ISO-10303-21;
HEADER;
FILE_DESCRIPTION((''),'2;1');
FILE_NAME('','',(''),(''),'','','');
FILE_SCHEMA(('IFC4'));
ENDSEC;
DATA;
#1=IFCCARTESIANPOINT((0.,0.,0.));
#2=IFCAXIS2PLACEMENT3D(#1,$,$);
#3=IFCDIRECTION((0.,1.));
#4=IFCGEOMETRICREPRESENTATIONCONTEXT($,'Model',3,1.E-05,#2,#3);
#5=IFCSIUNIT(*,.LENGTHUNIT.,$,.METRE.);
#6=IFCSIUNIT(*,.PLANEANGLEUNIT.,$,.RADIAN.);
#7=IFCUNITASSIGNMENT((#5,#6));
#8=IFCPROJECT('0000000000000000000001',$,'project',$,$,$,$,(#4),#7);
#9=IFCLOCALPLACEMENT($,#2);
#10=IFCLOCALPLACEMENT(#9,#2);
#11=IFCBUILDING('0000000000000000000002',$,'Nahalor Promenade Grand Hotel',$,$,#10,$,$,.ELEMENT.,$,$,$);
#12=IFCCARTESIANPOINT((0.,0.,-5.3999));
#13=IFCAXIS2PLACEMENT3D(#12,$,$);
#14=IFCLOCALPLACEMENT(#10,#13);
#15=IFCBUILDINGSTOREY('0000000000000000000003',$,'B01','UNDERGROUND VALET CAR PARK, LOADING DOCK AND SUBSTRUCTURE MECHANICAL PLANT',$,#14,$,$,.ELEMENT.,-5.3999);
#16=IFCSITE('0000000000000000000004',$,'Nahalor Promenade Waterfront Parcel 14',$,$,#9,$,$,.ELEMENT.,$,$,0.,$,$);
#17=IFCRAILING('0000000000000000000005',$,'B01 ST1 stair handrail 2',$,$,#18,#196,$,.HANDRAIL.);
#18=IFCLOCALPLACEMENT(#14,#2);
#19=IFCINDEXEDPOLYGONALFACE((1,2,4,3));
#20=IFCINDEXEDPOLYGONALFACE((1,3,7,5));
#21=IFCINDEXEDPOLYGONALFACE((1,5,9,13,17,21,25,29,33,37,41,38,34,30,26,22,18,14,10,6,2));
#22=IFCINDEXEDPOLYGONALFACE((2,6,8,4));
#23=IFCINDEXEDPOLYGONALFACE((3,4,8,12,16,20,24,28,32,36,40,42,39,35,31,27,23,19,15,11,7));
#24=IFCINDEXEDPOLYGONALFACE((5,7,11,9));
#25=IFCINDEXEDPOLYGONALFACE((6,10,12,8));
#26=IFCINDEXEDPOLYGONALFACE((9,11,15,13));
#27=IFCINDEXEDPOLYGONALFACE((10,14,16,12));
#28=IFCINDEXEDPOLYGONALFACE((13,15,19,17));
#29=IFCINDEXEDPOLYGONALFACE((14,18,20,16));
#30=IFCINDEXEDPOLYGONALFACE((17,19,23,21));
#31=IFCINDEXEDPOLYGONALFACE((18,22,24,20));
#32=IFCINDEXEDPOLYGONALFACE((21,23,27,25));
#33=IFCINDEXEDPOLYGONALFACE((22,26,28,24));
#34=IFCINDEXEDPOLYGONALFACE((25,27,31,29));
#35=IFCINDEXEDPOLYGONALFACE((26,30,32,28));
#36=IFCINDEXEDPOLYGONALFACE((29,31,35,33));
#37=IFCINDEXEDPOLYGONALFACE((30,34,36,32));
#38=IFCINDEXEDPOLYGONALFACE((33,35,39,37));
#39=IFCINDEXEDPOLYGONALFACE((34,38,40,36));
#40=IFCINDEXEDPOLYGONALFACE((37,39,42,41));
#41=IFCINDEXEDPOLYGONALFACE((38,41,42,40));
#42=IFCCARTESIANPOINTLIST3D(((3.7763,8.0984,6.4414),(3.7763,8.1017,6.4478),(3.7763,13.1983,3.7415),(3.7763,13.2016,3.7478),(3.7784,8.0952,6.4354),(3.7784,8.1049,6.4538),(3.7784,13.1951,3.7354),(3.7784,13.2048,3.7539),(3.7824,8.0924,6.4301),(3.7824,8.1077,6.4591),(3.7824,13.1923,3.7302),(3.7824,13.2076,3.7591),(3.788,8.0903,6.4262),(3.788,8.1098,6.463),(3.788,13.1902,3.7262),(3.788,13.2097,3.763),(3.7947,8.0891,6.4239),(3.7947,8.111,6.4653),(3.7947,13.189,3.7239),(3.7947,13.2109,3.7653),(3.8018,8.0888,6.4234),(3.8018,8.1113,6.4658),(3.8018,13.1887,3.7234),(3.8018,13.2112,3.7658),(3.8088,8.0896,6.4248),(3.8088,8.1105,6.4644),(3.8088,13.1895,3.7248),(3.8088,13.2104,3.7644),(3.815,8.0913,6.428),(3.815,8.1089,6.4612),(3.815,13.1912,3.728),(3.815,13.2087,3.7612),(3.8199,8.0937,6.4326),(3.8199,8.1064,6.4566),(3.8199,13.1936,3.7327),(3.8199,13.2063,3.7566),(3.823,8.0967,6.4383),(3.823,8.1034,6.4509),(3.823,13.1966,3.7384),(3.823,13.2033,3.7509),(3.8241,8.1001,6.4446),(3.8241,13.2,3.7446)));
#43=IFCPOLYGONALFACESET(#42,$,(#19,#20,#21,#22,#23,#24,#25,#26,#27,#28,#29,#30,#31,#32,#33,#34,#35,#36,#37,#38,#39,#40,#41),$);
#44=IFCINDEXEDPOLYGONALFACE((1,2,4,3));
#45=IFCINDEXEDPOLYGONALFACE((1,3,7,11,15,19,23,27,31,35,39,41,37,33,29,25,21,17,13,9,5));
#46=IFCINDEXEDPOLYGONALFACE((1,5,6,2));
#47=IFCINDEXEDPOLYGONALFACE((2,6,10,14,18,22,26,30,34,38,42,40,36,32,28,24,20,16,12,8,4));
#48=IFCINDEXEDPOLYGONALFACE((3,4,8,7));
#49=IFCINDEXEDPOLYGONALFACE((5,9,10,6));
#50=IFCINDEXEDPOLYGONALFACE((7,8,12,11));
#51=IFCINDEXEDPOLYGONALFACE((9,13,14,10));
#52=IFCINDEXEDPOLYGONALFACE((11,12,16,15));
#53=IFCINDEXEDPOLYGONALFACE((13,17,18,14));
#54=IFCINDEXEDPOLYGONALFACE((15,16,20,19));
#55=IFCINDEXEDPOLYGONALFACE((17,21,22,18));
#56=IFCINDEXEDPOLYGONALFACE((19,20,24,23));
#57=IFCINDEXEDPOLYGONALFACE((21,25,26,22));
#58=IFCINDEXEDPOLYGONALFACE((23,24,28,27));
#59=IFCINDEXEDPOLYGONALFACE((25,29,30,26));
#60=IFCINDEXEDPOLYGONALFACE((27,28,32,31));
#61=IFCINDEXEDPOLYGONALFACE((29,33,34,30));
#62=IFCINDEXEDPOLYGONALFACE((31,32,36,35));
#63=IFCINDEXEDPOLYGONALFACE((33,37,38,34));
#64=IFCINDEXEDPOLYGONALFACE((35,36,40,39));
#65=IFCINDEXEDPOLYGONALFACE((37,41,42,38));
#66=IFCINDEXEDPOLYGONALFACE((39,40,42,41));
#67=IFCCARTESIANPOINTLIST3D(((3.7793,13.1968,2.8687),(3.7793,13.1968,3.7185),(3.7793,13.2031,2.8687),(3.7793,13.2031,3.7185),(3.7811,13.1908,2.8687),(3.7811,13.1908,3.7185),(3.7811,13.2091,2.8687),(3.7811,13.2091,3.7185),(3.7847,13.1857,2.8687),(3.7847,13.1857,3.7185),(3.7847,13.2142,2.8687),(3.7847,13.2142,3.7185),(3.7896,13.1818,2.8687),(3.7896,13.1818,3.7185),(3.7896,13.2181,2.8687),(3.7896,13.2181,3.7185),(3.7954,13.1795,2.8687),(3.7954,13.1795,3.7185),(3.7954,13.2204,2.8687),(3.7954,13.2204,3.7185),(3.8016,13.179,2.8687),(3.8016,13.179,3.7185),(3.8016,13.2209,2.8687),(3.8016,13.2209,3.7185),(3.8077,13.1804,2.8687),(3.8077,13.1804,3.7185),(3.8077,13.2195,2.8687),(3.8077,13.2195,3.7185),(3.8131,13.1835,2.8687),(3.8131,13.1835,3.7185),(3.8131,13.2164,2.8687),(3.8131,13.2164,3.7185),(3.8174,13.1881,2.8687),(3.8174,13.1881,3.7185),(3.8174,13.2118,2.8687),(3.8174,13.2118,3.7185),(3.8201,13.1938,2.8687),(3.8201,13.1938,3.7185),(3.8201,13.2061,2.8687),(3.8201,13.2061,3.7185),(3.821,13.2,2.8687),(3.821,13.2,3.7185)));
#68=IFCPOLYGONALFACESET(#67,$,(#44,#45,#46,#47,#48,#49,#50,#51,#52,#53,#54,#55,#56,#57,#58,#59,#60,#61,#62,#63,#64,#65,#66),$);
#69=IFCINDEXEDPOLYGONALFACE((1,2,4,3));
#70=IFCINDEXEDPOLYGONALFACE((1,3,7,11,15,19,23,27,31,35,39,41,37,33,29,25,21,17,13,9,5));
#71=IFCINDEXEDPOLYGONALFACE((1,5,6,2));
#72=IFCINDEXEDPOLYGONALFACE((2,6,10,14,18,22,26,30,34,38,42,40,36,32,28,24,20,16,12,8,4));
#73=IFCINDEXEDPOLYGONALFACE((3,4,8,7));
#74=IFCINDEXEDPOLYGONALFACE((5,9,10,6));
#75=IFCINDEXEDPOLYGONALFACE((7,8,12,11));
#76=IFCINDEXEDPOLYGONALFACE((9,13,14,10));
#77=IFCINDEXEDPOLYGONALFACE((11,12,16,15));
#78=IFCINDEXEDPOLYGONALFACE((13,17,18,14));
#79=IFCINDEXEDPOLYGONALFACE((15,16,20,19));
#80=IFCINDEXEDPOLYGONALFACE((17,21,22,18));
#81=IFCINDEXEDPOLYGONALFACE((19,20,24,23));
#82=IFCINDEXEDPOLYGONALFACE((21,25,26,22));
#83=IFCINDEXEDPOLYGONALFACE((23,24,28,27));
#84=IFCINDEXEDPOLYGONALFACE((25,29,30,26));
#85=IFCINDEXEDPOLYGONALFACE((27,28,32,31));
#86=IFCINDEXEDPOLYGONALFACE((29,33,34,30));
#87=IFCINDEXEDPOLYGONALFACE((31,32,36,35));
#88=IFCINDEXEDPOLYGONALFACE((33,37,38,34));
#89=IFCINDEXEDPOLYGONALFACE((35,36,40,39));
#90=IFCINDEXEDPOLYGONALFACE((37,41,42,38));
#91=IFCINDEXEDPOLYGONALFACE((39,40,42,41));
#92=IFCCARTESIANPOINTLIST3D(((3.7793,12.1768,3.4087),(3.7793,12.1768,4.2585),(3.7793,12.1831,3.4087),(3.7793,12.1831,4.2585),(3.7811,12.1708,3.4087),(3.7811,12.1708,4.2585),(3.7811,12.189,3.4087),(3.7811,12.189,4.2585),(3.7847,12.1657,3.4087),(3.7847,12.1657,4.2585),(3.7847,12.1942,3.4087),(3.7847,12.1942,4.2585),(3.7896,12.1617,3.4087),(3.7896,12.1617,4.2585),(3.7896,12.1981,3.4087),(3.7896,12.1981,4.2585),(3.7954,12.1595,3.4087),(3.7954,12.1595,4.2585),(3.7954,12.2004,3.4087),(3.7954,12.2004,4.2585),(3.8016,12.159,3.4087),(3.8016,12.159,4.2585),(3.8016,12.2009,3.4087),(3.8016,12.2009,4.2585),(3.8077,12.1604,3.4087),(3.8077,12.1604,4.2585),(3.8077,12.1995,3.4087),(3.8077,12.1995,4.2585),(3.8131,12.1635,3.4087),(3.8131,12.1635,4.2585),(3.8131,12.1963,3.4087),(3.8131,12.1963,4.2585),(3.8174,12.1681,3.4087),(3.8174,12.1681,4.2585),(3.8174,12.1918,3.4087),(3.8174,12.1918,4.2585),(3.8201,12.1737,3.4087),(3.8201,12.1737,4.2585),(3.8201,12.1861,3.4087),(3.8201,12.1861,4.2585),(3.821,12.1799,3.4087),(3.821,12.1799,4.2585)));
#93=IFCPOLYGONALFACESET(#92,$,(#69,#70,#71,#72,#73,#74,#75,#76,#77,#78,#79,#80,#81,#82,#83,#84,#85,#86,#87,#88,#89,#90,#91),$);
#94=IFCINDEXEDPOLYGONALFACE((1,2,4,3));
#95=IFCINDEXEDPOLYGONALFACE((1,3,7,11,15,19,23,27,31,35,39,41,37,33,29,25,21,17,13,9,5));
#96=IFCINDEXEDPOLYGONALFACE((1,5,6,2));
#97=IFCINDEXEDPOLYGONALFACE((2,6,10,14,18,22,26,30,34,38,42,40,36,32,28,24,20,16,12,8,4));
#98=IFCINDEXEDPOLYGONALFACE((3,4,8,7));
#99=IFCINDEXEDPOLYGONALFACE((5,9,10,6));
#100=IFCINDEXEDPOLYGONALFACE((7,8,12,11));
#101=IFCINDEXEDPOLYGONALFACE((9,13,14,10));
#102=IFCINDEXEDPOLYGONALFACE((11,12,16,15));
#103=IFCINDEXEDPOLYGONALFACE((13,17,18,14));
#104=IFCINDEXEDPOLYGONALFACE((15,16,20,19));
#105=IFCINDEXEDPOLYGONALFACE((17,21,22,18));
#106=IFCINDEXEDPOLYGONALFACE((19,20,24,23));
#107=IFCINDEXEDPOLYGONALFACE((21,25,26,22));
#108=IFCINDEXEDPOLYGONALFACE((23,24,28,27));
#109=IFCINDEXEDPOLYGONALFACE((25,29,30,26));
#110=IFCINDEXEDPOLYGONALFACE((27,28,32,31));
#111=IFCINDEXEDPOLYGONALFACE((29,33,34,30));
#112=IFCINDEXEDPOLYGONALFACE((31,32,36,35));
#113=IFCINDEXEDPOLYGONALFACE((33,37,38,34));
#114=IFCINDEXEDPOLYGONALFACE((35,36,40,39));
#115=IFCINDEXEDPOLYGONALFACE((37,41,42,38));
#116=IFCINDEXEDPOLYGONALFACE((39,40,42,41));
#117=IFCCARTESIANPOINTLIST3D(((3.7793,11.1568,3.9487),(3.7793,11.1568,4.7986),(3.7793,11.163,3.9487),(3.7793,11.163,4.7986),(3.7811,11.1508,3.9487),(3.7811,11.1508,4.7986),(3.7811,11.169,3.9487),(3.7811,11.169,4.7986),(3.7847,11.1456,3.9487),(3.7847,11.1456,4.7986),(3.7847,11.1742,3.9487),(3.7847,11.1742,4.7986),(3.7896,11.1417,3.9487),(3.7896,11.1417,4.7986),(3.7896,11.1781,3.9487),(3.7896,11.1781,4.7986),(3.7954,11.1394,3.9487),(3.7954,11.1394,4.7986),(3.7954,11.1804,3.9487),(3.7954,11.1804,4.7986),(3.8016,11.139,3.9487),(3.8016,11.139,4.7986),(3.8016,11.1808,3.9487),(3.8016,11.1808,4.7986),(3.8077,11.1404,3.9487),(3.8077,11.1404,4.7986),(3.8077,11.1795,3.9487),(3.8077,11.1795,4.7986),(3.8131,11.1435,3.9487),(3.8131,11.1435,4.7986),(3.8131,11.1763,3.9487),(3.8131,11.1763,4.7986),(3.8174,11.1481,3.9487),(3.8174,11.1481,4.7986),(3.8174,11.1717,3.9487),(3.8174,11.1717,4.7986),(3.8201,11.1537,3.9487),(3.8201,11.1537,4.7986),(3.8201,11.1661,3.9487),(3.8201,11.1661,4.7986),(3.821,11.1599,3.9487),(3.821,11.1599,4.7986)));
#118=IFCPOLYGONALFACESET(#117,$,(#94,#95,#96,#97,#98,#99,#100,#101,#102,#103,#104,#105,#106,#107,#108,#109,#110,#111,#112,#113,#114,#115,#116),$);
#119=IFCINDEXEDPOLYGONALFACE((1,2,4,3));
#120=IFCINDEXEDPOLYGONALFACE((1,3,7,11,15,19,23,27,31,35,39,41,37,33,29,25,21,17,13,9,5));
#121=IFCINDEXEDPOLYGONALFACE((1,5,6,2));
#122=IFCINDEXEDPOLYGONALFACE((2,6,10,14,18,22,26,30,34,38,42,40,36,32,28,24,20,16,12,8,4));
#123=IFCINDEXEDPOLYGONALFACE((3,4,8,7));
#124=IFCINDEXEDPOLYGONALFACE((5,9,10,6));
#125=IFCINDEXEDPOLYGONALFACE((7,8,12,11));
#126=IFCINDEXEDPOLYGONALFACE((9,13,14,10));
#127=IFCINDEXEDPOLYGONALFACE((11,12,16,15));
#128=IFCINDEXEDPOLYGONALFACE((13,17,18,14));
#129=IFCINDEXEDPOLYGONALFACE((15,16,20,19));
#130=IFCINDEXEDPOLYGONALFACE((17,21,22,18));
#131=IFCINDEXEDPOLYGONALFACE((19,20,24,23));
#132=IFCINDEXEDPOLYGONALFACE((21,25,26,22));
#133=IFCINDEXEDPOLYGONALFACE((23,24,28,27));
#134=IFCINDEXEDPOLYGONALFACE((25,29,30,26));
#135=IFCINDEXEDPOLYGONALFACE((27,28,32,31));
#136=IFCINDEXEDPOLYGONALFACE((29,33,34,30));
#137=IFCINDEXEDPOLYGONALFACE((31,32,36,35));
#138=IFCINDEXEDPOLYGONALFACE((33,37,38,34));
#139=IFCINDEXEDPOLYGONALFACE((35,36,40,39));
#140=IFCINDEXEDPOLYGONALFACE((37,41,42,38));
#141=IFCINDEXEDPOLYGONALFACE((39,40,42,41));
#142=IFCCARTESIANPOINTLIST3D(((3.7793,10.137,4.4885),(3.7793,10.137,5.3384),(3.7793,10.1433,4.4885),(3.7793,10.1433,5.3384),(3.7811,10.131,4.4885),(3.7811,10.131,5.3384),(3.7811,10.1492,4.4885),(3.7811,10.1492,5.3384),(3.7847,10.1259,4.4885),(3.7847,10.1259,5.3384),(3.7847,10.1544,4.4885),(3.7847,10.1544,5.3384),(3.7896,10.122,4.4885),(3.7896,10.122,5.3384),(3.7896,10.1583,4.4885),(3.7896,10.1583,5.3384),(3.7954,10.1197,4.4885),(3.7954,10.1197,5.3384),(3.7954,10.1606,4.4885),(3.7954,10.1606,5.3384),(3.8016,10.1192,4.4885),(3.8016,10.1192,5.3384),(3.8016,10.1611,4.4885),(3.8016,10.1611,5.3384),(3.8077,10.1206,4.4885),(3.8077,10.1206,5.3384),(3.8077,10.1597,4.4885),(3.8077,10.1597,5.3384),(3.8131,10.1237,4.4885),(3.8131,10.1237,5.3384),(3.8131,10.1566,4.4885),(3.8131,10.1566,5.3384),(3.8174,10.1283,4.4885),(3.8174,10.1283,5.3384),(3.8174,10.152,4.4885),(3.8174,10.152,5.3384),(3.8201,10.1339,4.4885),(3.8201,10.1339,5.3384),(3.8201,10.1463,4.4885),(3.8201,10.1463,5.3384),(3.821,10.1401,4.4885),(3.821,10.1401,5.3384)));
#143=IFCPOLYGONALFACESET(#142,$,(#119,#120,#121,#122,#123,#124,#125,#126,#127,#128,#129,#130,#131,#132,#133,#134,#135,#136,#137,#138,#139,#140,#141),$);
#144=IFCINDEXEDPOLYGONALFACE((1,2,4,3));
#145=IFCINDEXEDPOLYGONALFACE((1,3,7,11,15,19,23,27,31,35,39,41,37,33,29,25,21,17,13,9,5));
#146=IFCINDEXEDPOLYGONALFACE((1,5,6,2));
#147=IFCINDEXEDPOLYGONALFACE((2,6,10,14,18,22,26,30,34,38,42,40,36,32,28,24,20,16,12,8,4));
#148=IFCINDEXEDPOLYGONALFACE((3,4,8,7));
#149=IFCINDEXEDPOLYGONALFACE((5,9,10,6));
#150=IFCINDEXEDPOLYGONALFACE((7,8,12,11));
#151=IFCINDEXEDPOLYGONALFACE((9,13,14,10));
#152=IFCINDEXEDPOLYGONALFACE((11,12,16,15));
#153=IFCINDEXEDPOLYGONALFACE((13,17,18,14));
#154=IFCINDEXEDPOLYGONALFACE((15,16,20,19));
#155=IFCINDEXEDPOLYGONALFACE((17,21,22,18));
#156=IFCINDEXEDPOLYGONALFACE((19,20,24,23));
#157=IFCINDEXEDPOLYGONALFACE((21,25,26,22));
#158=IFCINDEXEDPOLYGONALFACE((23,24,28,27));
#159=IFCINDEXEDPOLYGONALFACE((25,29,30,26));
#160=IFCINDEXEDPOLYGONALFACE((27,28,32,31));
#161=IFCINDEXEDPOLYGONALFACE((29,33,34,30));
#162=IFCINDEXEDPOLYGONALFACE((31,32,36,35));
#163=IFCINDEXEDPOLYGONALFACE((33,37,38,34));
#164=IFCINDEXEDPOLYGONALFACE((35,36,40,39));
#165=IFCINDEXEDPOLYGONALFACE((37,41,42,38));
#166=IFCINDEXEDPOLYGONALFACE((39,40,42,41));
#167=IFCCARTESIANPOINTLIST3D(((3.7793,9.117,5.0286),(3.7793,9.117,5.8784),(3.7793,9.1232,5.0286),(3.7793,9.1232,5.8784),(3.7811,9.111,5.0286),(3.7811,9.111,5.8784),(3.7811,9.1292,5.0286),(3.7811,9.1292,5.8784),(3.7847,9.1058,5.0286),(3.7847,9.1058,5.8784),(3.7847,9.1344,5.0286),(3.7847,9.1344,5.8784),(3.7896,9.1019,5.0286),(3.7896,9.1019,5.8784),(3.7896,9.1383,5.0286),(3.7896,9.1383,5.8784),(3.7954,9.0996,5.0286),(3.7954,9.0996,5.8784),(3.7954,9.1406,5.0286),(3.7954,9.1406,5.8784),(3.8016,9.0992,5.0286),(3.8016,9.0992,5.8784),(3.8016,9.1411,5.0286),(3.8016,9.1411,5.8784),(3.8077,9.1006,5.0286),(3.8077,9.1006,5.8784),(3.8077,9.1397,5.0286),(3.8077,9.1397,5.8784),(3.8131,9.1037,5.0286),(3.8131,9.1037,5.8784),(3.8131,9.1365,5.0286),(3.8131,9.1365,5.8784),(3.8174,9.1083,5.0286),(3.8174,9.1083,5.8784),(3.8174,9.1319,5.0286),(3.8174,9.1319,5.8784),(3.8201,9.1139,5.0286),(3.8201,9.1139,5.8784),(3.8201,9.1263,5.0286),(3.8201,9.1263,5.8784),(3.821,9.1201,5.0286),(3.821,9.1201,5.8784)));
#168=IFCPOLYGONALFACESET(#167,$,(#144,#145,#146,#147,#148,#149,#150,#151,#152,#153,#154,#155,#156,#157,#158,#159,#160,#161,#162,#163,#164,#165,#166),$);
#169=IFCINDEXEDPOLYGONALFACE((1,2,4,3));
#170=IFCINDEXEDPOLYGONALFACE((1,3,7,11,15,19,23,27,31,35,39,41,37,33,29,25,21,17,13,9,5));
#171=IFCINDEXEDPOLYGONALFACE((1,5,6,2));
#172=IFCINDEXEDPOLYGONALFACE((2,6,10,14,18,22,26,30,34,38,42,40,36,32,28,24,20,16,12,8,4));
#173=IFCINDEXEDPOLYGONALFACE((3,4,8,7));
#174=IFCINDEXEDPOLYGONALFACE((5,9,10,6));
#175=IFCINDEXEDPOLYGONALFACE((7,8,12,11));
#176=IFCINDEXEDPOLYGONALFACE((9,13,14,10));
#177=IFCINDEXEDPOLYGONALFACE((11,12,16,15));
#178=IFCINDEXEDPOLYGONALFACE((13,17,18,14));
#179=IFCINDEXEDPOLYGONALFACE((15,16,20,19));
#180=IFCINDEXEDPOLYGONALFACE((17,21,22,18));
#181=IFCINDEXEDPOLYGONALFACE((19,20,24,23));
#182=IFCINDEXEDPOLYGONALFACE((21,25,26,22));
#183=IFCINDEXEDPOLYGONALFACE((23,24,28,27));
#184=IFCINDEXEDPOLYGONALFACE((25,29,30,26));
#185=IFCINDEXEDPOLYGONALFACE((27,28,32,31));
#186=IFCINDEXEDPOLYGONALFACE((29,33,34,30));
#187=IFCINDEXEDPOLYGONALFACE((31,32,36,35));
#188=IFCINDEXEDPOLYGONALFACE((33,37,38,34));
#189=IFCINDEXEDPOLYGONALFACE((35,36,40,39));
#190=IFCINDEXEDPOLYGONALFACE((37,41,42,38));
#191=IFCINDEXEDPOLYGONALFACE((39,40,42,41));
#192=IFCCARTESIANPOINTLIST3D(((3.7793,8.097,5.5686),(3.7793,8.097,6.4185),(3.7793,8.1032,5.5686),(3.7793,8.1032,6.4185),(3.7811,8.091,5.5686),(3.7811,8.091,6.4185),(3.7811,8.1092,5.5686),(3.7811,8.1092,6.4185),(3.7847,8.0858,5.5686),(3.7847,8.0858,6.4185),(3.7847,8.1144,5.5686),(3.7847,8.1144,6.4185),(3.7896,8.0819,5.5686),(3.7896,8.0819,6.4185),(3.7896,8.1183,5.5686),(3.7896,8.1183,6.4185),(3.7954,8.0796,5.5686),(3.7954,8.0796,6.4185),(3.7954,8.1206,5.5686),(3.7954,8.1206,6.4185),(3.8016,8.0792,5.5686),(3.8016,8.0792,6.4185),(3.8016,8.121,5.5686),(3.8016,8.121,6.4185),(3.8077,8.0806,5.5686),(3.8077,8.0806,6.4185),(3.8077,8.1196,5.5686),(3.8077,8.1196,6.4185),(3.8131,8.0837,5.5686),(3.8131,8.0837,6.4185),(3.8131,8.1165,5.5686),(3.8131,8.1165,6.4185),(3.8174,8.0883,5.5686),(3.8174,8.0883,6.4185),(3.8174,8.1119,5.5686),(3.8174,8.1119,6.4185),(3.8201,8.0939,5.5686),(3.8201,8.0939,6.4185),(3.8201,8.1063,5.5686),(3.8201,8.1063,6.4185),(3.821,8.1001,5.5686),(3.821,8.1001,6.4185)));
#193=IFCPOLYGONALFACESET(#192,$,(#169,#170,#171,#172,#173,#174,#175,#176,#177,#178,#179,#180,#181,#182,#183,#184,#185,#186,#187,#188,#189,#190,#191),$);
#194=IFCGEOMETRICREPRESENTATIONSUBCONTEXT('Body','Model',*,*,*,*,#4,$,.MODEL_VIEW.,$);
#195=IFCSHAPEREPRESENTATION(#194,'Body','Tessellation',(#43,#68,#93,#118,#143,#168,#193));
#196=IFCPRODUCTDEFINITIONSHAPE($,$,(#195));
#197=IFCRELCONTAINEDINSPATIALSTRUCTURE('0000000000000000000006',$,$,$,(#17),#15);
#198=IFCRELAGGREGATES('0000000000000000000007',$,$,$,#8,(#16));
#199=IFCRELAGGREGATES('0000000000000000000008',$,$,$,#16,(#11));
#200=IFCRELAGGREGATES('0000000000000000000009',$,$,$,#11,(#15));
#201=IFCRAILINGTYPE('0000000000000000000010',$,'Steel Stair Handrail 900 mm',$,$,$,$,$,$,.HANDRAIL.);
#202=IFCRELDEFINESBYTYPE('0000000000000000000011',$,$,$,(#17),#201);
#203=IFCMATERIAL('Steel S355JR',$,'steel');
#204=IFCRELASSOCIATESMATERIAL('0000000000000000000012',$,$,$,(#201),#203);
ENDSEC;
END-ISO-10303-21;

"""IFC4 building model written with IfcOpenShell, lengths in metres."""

from ifc_helpers import new_model, si_unit, direction, frame, origin, origin_2d, place, context, subcontext, project, spatial, circle, extrude, material, type_object, element, save


model = new_model("IFC4")

# Units and contexts
model_context = context("Model", 3, precision=1e-05, world=origin(), true_north=direction((0.0, 1.0)))
body_context = subcontext(model_context, "Body", "Model", "MODEL_VIEW")
ifc_project = project(units=[si_unit("LENGTHUNIT", "METRE"), si_unit("PLANEANGLEUNIT", "RADIAN")], contexts=[model_context])

# Site, building, storey
site_placement = place(None, origin())
site = spatial("IfcSite", under=ifc_project, at=site_placement, Name="Nahalor Promenade Waterfront Parcel 14", CompositionType="ELEMENT", RefElevation=0.0)
building_placement = place(site_placement, origin())
building = spatial("IfcBuilding", under=site, at=building_placement, Name="Nahalor Promenade Grand Hotel", CompositionType="ELEMENT")
storey_placement = place(building_placement, frame((0.0, 0.0, -5.3999)))
storey = spatial("IfcBuildingStorey", under=building, at=storey_placement, Name="B01", Description="UNDERGROUND VALET CAR PARK, LOADING DOCK AND SUBSTRUCTURE MECHANICAL PLANT", CompositionType="ELEMENT", Elevation=-5.3999)

# Shared definitions
ifc_material_1 = material(Name="Steel S355JR", Category="steel")

# Railing
railing_type_1 = type_object("IfcRailingType", Name="Steel Stair Handrail 900 mm", PredefinedType="HANDRAIL", material=ifc_material_1)
railing_1_placement = place(storey_placement, frame((3.8, 13.2, 2.8687)))
element("IfcRailing", 1, at=railing_1_placement, inside=storey, type_object=railing_type_1, Name="B01 ST1 stair handrail 2", PredefinedType="HANDRAIL", context=body_context, shape_type="SweptSolid", body=[
    extrude(circle(Radius=0.024, at=origin_2d()), frame((0.0, 0.0, 0.876), z_axis=(0.0, -0.883786, 0.467892), x_axis=(1.0, 0.0, 0.0)), (0.0, 0.0, 1.0), 5.7705),
    extrude(circle(Radius=0.021, at=origin_2d()), origin(), (0.0, 0.0, 1.0), 0.8499),
    extrude(circle(Radius=0.021, at=origin_2d()), frame((0.0, -1.02, 0.54)), (0.0, 0.0, 1.0), 0.8499),
    extrude(circle(Radius=0.021, at=origin_2d()), frame((0.0, -2.04, 1.0801)), (0.0, 0.0, 1.0), 0.8499),
    extrude(circle(Radius=0.021, at=origin_2d()), frame((0.0, -3.0598, 1.6199)), (0.0, 0.0, 1.0), 0.8499),
    extrude(circle(Radius=0.021, at=origin_2d()), frame((0.0, -4.0798, 2.1599)), (0.0, 0.0, 1.0), 0.8499),
    extrude(circle(Radius=0.021, at=origin_2d()), frame((0.0, -5.0999, 2.7)), (0.0, 0.0, 1.0), 0.8499),
])

save(model, "model.ifc")
